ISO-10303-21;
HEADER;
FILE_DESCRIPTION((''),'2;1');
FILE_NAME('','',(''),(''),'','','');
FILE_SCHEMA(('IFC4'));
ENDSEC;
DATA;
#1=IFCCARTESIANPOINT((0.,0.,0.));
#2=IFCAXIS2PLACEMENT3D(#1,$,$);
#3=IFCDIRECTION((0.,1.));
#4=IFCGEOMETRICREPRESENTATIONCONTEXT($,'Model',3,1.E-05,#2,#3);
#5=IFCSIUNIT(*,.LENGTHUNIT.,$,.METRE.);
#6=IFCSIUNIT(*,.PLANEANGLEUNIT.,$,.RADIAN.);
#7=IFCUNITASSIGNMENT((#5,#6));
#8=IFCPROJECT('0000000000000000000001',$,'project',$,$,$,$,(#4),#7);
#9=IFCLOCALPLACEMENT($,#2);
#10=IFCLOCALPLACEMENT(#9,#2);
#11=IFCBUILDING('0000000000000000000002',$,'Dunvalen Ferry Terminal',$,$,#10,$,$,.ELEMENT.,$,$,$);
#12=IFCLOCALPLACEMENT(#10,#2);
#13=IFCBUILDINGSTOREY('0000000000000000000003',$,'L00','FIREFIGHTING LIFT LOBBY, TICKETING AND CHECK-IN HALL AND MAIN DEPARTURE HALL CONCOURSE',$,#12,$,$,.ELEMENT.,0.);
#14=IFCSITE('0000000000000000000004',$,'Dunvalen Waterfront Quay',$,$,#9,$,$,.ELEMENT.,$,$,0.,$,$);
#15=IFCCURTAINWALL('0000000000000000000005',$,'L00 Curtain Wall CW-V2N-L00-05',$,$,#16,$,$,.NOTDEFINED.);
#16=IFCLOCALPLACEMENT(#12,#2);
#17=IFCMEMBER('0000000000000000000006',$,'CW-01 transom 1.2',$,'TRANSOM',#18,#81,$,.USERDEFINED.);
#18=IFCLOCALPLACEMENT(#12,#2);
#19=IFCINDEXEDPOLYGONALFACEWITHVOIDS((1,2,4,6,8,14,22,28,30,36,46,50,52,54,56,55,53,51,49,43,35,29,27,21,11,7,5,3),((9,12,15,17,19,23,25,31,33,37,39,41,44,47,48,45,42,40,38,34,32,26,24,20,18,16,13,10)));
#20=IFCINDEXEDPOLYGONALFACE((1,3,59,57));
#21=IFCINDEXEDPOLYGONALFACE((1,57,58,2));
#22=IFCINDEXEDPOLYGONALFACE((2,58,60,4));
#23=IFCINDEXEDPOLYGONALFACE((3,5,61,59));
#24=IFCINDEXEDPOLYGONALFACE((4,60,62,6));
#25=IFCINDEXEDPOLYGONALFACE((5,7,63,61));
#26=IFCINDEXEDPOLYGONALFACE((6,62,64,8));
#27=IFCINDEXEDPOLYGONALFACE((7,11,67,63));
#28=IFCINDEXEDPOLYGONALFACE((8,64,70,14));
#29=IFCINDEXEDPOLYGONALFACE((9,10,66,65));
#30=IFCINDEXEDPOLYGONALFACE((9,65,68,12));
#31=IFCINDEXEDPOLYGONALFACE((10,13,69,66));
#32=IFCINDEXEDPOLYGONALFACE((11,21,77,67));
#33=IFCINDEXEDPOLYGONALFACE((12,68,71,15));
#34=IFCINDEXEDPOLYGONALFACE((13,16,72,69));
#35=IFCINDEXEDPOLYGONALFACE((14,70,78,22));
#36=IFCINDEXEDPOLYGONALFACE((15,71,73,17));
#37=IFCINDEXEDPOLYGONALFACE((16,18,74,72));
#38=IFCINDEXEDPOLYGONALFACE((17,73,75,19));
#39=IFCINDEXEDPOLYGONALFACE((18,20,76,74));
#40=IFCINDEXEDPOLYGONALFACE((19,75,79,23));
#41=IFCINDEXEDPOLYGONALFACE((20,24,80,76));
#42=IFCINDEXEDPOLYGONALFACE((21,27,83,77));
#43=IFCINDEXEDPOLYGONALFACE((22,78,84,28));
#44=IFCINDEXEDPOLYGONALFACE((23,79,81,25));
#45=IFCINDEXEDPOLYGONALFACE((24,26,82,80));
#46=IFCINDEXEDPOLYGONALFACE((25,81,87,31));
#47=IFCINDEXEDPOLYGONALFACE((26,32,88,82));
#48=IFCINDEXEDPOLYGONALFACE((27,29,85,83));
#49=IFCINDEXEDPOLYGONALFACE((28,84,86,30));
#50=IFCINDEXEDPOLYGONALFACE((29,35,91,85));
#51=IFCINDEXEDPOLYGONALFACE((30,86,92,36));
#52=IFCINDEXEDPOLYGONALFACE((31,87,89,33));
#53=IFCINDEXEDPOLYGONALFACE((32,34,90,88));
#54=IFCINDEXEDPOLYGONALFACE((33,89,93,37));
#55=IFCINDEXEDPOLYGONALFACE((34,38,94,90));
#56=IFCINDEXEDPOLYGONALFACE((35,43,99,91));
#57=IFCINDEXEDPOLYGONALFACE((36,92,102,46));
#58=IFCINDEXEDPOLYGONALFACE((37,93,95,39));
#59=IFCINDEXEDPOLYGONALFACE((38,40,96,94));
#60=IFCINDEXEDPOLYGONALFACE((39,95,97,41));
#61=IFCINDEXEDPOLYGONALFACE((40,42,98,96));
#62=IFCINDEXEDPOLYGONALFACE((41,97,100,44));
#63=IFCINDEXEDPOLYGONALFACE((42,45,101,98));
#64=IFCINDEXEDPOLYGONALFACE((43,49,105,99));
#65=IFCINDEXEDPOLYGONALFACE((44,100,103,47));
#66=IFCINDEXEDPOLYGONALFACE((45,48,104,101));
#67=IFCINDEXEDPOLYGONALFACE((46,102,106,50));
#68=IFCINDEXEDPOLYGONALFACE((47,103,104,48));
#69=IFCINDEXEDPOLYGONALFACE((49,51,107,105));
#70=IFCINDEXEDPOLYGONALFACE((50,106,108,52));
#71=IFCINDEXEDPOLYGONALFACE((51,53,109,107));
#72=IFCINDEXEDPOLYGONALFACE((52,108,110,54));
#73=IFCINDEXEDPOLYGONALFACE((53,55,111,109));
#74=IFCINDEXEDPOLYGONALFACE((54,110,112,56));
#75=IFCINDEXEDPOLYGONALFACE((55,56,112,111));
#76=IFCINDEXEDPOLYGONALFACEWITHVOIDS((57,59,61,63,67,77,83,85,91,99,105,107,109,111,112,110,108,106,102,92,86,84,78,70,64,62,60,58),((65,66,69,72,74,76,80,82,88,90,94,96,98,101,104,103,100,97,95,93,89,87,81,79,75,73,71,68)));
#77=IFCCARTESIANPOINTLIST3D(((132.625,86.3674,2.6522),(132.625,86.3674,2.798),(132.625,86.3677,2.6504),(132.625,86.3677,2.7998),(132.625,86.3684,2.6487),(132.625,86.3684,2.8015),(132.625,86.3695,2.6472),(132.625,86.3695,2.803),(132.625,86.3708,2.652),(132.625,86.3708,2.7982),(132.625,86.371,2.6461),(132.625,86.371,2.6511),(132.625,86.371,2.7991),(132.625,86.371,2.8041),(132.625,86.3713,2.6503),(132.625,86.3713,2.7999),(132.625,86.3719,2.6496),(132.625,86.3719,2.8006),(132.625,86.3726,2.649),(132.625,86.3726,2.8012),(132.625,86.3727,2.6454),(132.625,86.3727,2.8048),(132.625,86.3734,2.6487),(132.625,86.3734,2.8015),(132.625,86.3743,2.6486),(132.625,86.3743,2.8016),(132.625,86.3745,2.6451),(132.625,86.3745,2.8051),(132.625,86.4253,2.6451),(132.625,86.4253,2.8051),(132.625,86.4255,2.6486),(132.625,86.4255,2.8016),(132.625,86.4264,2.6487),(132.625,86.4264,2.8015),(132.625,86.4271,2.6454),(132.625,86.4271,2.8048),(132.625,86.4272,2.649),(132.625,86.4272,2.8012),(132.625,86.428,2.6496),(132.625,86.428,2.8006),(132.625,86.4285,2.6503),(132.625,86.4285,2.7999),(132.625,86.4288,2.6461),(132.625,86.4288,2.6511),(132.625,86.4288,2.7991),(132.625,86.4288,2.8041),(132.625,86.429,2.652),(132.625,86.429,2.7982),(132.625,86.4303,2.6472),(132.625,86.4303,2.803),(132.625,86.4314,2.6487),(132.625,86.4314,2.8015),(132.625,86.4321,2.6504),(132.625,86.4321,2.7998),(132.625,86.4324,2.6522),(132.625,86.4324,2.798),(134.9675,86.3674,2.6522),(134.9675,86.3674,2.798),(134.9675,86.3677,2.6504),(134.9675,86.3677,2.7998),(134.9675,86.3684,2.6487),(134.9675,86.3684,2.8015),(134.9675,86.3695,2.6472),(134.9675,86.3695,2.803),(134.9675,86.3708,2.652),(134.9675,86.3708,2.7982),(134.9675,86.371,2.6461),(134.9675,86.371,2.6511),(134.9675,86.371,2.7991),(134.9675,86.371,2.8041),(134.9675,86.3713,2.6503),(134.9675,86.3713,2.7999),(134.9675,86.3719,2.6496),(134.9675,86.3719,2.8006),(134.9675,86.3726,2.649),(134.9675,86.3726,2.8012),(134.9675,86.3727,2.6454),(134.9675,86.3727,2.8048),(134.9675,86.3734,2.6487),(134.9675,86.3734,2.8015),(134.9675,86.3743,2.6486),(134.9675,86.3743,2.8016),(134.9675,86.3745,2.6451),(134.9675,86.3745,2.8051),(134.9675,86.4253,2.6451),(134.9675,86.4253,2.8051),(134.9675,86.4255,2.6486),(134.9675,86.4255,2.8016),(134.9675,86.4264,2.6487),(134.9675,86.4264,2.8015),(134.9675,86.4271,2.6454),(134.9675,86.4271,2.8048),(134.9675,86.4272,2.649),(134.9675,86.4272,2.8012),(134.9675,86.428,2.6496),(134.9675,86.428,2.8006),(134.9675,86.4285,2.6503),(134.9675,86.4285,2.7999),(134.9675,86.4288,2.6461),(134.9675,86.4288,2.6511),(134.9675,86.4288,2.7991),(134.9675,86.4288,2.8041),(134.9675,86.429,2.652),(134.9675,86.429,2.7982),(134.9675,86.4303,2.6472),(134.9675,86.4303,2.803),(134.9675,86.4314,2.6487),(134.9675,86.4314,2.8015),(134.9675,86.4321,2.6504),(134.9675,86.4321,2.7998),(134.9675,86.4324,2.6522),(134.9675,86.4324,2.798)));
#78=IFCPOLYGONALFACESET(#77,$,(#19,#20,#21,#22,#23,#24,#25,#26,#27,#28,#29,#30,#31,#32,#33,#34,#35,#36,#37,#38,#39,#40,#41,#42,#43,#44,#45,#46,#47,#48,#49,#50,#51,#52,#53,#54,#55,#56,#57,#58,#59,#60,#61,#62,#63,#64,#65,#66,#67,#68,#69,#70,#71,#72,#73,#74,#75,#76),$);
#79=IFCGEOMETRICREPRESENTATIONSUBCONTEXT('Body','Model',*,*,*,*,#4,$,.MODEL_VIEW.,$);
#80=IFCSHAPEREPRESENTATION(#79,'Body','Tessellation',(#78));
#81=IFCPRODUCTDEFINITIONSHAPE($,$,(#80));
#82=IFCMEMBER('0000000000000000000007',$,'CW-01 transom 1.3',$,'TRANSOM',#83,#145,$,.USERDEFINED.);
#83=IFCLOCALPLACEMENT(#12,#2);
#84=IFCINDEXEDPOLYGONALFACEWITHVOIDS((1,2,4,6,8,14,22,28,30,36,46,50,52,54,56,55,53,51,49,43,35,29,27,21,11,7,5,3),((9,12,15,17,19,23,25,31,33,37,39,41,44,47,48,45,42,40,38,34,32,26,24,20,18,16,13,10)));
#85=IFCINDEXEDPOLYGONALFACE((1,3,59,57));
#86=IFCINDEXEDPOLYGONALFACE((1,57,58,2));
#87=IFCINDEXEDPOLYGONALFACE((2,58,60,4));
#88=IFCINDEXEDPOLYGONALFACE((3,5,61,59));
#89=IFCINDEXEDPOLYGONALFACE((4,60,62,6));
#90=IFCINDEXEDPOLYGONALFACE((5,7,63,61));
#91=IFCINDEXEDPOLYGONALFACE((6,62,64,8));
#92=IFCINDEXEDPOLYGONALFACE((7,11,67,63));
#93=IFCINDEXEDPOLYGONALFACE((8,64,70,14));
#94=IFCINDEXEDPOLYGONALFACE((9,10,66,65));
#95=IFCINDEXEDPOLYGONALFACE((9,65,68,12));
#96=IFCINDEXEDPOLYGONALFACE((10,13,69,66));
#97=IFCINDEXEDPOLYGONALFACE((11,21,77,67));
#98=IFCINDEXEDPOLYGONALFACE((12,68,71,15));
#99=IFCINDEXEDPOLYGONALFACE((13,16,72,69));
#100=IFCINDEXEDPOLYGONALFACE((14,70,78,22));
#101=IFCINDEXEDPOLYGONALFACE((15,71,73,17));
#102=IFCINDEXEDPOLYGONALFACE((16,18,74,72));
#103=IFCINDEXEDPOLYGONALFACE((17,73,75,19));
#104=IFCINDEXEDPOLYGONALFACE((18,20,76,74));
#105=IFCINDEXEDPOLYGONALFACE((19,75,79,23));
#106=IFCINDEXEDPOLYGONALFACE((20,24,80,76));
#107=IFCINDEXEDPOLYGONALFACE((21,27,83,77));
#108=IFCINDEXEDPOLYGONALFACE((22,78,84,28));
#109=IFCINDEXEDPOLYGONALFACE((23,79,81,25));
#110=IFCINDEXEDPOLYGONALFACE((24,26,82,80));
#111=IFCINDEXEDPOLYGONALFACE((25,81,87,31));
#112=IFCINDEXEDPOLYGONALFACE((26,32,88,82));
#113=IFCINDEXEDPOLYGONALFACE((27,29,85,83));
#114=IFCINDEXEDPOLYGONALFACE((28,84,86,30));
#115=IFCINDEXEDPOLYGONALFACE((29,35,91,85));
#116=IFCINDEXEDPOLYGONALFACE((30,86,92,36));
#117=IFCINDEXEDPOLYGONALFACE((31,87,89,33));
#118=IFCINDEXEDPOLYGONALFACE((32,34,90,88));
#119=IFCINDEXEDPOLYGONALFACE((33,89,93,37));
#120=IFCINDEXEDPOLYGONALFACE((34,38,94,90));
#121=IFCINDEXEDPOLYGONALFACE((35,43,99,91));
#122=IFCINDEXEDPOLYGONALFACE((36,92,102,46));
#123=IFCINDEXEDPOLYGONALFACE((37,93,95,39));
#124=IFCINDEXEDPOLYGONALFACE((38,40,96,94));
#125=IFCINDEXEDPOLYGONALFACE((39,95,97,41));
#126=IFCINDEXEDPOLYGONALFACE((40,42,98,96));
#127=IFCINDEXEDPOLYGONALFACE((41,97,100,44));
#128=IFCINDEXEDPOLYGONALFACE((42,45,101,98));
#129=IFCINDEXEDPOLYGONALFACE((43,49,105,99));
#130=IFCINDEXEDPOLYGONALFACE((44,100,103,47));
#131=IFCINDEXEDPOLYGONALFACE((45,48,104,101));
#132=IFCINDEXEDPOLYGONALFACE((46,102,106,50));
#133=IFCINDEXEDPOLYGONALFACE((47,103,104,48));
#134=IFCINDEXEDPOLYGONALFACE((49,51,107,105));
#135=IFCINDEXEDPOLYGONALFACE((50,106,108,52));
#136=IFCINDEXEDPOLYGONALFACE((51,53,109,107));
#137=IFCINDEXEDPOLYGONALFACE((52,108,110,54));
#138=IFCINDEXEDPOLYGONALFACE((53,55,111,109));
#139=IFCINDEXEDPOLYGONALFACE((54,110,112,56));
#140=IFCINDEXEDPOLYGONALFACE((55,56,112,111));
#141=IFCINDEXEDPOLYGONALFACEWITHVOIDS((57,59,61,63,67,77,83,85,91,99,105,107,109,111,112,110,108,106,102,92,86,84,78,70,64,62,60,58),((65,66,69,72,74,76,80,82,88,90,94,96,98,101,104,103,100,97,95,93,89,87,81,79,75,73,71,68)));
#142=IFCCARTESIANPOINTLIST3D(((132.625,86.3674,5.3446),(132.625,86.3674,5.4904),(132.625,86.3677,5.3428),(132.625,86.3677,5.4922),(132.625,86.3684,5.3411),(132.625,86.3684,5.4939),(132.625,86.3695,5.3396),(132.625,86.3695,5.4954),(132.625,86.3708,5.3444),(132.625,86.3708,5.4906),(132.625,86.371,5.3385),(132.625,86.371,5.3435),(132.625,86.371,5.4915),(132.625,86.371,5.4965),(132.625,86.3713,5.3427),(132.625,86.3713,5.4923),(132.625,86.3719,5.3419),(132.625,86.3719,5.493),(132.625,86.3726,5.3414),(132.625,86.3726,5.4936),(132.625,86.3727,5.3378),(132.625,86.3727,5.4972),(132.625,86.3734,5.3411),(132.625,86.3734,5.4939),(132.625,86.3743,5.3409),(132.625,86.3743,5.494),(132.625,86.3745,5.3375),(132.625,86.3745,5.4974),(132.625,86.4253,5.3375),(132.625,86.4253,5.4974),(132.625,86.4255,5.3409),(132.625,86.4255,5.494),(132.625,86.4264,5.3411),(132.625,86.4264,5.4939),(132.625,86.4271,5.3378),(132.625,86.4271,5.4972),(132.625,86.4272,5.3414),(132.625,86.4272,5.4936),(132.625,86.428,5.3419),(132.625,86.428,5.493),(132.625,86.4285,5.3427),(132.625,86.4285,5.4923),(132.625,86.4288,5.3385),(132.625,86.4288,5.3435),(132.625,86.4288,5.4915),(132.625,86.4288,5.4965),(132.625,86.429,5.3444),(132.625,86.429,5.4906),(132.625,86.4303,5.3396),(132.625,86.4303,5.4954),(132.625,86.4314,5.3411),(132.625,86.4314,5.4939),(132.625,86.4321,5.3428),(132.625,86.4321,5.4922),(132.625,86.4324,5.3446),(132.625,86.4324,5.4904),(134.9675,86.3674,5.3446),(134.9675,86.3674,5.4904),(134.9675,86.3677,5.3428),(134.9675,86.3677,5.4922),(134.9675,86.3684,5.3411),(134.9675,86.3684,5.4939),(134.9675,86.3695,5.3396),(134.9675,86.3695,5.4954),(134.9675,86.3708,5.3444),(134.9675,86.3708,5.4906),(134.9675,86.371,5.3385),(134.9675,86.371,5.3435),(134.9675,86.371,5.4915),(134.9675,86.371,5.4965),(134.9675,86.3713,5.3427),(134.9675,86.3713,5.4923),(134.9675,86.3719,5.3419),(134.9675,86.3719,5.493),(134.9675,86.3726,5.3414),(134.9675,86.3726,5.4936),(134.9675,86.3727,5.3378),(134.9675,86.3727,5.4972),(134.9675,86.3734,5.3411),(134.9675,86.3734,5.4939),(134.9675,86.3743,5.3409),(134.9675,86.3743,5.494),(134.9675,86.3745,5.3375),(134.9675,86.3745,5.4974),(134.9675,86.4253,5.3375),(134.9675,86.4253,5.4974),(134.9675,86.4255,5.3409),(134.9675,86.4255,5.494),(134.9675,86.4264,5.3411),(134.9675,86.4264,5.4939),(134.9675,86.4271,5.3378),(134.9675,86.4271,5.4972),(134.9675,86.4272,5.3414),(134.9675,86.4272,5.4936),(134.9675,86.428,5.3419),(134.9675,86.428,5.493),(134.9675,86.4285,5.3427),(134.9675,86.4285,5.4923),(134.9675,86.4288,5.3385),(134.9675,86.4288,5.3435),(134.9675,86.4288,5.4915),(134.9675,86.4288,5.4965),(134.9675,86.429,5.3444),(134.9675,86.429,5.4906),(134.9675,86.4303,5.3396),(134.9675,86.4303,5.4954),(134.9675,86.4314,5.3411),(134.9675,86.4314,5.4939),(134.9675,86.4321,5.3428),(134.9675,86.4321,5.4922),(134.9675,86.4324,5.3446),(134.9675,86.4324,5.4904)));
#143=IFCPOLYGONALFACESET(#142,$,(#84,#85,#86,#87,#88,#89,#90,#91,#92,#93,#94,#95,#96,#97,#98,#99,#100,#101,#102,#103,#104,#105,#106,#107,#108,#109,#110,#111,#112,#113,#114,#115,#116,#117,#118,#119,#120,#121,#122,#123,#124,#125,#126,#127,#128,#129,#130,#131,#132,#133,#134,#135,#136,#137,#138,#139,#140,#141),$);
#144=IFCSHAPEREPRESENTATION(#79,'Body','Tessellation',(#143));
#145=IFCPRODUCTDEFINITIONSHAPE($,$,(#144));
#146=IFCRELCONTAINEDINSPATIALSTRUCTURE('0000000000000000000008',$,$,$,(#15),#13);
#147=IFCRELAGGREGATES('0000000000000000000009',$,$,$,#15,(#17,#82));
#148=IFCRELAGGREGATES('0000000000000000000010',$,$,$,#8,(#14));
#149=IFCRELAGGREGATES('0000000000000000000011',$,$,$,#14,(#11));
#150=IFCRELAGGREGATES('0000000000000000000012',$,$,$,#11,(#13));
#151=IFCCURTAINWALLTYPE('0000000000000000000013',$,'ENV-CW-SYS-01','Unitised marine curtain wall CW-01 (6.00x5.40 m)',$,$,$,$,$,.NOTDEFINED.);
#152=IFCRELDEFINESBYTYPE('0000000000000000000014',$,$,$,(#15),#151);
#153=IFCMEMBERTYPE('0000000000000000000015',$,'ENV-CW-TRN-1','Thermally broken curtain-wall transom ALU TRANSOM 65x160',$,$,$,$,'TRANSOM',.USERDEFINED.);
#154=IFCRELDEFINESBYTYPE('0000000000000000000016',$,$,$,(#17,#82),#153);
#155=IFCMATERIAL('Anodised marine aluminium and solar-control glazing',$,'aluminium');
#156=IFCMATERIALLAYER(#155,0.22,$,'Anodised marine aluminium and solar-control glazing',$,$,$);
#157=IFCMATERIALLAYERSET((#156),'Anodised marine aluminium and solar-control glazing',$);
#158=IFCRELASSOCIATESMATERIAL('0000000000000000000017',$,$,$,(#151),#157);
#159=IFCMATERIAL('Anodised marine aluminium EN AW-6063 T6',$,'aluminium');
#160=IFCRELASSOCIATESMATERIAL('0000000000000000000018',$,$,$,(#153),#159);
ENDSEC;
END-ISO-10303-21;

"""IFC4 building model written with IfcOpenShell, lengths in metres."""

from ifc_helpers import new_model, si_unit, direction, frame, origin, origin_2d, place, context, subcontext, project, spatial, hollow_rectangle, extrude, material, layer, layer_set, material_profile, profile_set, type_object, element, aggregate, save


model = new_model("IFC4")

# Units and contexts
model_context = context("Model", 3, precision=1e-05, world=origin(), true_north=direction((0.0, 1.0)))
body_context = subcontext(model_context, "Body", "Model", "MODEL_VIEW")
ifc_project = project(units=[si_unit("LENGTHUNIT", "METRE"), si_unit("PLANEANGLEUNIT", "RADIAN")], contexts=[model_context])

# Site, building, storey
site_placement = place(None, origin())
site = spatial("IfcSite", under=ifc_project, at=site_placement, Name="Dunvalen Waterfront Quay", CompositionType="ELEMENT", RefElevation=0.0)
building_placement = place(site_placement, origin())
building = spatial("IfcBuilding", under=site, at=building_placement, Name="Dunvalen Ferry Terminal", CompositionType="ELEMENT")
storey_placement = place(building_placement, origin())
storey = spatial("IfcBuildingStorey", under=building, at=storey_placement, Name="L00", Description="FIREFIGHTING LIFT LOBBY, TICKETING AND CHECK-IN HALL AND MAIN DEPARTURE HALL CONCOURSE", CompositionType="ELEMENT", Elevation=0.0)

# Curtain wall
ifc_material_1 = material(Name="Anodised marine aluminium and solar-control glazing", Category="aluminium")
ifc_layer_1 = layer(ifc_material_1, 0.22, Name="Anodised marine aluminium and solar-control glazing")
ifc_layer_set_1 = layer_set([ifc_layer_1], Name="Anodised marine aluminium and solar-control glazing")
curtain_wall_type = type_object("IfcCurtainWallType", Name="ENV-CW-SYS-01", Description="Unitised marine curtain wall CW-01 (6.00x5.40 m)", PredefinedType="NOTDEFINED", material=ifc_layer_set_1)
curtain_wall_1_placement = place(storey_placement, origin())
curtain_wall_1 = element("IfcCurtainWall", 1, at=curtain_wall_1_placement, inside=storey, type_object=curtain_wall_type, Name="L00 Curtain Wall CW-V2N-L00-05", PredefinedType="NOTDEFINED")
ifc_material_2 = material(Name="Anodised marine aluminium EN AW-6063 T6", Category="aluminium")

# Members
ifc_material_profile_1 = material_profile(ifc_material_2, hollow_rectangle(XDim=0.0649, YDim=0.1599, WallThickness=0.0034, InnerFilletRadius=0.0034, OuterFilletRadius=0.0071, at=origin_2d()), Name="Anodised marine aluminium EN AW-6063 T6")
ifc_profile_set_1 = profile_set([ifc_material_profile_1], Name="Anodised marine aluminium EN AW-6063 T6")
member_type_1 = type_object("IfcMemberType", Name="ENV-CW-TRN-1", Description="Thermally broken curtain-wall transom ALU TRANSOM 65x160", ElementType="TRANSOM", PredefinedType="USERDEFINED", material=ifc_profile_set_1)
member_1_placement = place(storey_placement, frame((132.625, 86.3999, 2.7251), z_axis=(1.0, 0.0, 0.0), x_axis=(0.0, 1.0, 0.0)))
member_1 = element("IfcMember", 2, at=member_1_placement, type_object=member_type_1, Name="CW-01 transom 1.2", ObjectType="TRANSOM", PredefinedType="USERDEFINED", context=body_context, shape_type="SweptSolid", body=[
    extrude(hollow_rectangle(XDim=0.0649, YDim=0.1599, WallThickness=0.0034, InnerFilletRadius=0.0034, OuterFilletRadius=0.0071, at=origin_2d()), origin(), (0.0, 0.0, 1.0), 2.3425),
])
member_2_placement = place(storey_placement, frame((132.625, 86.3999, 5.4175), z_axis=(1.0, 0.0, 0.0), x_axis=(0.0, 1.0, 0.0)))
member_2 = element("IfcMember", 3, at=member_2_placement, type_object=member_type_1, Name="CW-01 transom 1.3", ObjectType="TRANSOM", PredefinedType="USERDEFINED", context=body_context, shape_type="SweptSolid", body=[
    extrude(hollow_rectangle(XDim=0.0649, YDim=0.1599, WallThickness=0.0034, InnerFilletRadius=0.0034, OuterFilletRadius=0.0071, at=origin_2d()), origin(), (0.0, 0.0, 1.0), 2.3425),
])

aggregate(curtain_wall_1, [member_1, member_2])

save(model, "model.ifc")
